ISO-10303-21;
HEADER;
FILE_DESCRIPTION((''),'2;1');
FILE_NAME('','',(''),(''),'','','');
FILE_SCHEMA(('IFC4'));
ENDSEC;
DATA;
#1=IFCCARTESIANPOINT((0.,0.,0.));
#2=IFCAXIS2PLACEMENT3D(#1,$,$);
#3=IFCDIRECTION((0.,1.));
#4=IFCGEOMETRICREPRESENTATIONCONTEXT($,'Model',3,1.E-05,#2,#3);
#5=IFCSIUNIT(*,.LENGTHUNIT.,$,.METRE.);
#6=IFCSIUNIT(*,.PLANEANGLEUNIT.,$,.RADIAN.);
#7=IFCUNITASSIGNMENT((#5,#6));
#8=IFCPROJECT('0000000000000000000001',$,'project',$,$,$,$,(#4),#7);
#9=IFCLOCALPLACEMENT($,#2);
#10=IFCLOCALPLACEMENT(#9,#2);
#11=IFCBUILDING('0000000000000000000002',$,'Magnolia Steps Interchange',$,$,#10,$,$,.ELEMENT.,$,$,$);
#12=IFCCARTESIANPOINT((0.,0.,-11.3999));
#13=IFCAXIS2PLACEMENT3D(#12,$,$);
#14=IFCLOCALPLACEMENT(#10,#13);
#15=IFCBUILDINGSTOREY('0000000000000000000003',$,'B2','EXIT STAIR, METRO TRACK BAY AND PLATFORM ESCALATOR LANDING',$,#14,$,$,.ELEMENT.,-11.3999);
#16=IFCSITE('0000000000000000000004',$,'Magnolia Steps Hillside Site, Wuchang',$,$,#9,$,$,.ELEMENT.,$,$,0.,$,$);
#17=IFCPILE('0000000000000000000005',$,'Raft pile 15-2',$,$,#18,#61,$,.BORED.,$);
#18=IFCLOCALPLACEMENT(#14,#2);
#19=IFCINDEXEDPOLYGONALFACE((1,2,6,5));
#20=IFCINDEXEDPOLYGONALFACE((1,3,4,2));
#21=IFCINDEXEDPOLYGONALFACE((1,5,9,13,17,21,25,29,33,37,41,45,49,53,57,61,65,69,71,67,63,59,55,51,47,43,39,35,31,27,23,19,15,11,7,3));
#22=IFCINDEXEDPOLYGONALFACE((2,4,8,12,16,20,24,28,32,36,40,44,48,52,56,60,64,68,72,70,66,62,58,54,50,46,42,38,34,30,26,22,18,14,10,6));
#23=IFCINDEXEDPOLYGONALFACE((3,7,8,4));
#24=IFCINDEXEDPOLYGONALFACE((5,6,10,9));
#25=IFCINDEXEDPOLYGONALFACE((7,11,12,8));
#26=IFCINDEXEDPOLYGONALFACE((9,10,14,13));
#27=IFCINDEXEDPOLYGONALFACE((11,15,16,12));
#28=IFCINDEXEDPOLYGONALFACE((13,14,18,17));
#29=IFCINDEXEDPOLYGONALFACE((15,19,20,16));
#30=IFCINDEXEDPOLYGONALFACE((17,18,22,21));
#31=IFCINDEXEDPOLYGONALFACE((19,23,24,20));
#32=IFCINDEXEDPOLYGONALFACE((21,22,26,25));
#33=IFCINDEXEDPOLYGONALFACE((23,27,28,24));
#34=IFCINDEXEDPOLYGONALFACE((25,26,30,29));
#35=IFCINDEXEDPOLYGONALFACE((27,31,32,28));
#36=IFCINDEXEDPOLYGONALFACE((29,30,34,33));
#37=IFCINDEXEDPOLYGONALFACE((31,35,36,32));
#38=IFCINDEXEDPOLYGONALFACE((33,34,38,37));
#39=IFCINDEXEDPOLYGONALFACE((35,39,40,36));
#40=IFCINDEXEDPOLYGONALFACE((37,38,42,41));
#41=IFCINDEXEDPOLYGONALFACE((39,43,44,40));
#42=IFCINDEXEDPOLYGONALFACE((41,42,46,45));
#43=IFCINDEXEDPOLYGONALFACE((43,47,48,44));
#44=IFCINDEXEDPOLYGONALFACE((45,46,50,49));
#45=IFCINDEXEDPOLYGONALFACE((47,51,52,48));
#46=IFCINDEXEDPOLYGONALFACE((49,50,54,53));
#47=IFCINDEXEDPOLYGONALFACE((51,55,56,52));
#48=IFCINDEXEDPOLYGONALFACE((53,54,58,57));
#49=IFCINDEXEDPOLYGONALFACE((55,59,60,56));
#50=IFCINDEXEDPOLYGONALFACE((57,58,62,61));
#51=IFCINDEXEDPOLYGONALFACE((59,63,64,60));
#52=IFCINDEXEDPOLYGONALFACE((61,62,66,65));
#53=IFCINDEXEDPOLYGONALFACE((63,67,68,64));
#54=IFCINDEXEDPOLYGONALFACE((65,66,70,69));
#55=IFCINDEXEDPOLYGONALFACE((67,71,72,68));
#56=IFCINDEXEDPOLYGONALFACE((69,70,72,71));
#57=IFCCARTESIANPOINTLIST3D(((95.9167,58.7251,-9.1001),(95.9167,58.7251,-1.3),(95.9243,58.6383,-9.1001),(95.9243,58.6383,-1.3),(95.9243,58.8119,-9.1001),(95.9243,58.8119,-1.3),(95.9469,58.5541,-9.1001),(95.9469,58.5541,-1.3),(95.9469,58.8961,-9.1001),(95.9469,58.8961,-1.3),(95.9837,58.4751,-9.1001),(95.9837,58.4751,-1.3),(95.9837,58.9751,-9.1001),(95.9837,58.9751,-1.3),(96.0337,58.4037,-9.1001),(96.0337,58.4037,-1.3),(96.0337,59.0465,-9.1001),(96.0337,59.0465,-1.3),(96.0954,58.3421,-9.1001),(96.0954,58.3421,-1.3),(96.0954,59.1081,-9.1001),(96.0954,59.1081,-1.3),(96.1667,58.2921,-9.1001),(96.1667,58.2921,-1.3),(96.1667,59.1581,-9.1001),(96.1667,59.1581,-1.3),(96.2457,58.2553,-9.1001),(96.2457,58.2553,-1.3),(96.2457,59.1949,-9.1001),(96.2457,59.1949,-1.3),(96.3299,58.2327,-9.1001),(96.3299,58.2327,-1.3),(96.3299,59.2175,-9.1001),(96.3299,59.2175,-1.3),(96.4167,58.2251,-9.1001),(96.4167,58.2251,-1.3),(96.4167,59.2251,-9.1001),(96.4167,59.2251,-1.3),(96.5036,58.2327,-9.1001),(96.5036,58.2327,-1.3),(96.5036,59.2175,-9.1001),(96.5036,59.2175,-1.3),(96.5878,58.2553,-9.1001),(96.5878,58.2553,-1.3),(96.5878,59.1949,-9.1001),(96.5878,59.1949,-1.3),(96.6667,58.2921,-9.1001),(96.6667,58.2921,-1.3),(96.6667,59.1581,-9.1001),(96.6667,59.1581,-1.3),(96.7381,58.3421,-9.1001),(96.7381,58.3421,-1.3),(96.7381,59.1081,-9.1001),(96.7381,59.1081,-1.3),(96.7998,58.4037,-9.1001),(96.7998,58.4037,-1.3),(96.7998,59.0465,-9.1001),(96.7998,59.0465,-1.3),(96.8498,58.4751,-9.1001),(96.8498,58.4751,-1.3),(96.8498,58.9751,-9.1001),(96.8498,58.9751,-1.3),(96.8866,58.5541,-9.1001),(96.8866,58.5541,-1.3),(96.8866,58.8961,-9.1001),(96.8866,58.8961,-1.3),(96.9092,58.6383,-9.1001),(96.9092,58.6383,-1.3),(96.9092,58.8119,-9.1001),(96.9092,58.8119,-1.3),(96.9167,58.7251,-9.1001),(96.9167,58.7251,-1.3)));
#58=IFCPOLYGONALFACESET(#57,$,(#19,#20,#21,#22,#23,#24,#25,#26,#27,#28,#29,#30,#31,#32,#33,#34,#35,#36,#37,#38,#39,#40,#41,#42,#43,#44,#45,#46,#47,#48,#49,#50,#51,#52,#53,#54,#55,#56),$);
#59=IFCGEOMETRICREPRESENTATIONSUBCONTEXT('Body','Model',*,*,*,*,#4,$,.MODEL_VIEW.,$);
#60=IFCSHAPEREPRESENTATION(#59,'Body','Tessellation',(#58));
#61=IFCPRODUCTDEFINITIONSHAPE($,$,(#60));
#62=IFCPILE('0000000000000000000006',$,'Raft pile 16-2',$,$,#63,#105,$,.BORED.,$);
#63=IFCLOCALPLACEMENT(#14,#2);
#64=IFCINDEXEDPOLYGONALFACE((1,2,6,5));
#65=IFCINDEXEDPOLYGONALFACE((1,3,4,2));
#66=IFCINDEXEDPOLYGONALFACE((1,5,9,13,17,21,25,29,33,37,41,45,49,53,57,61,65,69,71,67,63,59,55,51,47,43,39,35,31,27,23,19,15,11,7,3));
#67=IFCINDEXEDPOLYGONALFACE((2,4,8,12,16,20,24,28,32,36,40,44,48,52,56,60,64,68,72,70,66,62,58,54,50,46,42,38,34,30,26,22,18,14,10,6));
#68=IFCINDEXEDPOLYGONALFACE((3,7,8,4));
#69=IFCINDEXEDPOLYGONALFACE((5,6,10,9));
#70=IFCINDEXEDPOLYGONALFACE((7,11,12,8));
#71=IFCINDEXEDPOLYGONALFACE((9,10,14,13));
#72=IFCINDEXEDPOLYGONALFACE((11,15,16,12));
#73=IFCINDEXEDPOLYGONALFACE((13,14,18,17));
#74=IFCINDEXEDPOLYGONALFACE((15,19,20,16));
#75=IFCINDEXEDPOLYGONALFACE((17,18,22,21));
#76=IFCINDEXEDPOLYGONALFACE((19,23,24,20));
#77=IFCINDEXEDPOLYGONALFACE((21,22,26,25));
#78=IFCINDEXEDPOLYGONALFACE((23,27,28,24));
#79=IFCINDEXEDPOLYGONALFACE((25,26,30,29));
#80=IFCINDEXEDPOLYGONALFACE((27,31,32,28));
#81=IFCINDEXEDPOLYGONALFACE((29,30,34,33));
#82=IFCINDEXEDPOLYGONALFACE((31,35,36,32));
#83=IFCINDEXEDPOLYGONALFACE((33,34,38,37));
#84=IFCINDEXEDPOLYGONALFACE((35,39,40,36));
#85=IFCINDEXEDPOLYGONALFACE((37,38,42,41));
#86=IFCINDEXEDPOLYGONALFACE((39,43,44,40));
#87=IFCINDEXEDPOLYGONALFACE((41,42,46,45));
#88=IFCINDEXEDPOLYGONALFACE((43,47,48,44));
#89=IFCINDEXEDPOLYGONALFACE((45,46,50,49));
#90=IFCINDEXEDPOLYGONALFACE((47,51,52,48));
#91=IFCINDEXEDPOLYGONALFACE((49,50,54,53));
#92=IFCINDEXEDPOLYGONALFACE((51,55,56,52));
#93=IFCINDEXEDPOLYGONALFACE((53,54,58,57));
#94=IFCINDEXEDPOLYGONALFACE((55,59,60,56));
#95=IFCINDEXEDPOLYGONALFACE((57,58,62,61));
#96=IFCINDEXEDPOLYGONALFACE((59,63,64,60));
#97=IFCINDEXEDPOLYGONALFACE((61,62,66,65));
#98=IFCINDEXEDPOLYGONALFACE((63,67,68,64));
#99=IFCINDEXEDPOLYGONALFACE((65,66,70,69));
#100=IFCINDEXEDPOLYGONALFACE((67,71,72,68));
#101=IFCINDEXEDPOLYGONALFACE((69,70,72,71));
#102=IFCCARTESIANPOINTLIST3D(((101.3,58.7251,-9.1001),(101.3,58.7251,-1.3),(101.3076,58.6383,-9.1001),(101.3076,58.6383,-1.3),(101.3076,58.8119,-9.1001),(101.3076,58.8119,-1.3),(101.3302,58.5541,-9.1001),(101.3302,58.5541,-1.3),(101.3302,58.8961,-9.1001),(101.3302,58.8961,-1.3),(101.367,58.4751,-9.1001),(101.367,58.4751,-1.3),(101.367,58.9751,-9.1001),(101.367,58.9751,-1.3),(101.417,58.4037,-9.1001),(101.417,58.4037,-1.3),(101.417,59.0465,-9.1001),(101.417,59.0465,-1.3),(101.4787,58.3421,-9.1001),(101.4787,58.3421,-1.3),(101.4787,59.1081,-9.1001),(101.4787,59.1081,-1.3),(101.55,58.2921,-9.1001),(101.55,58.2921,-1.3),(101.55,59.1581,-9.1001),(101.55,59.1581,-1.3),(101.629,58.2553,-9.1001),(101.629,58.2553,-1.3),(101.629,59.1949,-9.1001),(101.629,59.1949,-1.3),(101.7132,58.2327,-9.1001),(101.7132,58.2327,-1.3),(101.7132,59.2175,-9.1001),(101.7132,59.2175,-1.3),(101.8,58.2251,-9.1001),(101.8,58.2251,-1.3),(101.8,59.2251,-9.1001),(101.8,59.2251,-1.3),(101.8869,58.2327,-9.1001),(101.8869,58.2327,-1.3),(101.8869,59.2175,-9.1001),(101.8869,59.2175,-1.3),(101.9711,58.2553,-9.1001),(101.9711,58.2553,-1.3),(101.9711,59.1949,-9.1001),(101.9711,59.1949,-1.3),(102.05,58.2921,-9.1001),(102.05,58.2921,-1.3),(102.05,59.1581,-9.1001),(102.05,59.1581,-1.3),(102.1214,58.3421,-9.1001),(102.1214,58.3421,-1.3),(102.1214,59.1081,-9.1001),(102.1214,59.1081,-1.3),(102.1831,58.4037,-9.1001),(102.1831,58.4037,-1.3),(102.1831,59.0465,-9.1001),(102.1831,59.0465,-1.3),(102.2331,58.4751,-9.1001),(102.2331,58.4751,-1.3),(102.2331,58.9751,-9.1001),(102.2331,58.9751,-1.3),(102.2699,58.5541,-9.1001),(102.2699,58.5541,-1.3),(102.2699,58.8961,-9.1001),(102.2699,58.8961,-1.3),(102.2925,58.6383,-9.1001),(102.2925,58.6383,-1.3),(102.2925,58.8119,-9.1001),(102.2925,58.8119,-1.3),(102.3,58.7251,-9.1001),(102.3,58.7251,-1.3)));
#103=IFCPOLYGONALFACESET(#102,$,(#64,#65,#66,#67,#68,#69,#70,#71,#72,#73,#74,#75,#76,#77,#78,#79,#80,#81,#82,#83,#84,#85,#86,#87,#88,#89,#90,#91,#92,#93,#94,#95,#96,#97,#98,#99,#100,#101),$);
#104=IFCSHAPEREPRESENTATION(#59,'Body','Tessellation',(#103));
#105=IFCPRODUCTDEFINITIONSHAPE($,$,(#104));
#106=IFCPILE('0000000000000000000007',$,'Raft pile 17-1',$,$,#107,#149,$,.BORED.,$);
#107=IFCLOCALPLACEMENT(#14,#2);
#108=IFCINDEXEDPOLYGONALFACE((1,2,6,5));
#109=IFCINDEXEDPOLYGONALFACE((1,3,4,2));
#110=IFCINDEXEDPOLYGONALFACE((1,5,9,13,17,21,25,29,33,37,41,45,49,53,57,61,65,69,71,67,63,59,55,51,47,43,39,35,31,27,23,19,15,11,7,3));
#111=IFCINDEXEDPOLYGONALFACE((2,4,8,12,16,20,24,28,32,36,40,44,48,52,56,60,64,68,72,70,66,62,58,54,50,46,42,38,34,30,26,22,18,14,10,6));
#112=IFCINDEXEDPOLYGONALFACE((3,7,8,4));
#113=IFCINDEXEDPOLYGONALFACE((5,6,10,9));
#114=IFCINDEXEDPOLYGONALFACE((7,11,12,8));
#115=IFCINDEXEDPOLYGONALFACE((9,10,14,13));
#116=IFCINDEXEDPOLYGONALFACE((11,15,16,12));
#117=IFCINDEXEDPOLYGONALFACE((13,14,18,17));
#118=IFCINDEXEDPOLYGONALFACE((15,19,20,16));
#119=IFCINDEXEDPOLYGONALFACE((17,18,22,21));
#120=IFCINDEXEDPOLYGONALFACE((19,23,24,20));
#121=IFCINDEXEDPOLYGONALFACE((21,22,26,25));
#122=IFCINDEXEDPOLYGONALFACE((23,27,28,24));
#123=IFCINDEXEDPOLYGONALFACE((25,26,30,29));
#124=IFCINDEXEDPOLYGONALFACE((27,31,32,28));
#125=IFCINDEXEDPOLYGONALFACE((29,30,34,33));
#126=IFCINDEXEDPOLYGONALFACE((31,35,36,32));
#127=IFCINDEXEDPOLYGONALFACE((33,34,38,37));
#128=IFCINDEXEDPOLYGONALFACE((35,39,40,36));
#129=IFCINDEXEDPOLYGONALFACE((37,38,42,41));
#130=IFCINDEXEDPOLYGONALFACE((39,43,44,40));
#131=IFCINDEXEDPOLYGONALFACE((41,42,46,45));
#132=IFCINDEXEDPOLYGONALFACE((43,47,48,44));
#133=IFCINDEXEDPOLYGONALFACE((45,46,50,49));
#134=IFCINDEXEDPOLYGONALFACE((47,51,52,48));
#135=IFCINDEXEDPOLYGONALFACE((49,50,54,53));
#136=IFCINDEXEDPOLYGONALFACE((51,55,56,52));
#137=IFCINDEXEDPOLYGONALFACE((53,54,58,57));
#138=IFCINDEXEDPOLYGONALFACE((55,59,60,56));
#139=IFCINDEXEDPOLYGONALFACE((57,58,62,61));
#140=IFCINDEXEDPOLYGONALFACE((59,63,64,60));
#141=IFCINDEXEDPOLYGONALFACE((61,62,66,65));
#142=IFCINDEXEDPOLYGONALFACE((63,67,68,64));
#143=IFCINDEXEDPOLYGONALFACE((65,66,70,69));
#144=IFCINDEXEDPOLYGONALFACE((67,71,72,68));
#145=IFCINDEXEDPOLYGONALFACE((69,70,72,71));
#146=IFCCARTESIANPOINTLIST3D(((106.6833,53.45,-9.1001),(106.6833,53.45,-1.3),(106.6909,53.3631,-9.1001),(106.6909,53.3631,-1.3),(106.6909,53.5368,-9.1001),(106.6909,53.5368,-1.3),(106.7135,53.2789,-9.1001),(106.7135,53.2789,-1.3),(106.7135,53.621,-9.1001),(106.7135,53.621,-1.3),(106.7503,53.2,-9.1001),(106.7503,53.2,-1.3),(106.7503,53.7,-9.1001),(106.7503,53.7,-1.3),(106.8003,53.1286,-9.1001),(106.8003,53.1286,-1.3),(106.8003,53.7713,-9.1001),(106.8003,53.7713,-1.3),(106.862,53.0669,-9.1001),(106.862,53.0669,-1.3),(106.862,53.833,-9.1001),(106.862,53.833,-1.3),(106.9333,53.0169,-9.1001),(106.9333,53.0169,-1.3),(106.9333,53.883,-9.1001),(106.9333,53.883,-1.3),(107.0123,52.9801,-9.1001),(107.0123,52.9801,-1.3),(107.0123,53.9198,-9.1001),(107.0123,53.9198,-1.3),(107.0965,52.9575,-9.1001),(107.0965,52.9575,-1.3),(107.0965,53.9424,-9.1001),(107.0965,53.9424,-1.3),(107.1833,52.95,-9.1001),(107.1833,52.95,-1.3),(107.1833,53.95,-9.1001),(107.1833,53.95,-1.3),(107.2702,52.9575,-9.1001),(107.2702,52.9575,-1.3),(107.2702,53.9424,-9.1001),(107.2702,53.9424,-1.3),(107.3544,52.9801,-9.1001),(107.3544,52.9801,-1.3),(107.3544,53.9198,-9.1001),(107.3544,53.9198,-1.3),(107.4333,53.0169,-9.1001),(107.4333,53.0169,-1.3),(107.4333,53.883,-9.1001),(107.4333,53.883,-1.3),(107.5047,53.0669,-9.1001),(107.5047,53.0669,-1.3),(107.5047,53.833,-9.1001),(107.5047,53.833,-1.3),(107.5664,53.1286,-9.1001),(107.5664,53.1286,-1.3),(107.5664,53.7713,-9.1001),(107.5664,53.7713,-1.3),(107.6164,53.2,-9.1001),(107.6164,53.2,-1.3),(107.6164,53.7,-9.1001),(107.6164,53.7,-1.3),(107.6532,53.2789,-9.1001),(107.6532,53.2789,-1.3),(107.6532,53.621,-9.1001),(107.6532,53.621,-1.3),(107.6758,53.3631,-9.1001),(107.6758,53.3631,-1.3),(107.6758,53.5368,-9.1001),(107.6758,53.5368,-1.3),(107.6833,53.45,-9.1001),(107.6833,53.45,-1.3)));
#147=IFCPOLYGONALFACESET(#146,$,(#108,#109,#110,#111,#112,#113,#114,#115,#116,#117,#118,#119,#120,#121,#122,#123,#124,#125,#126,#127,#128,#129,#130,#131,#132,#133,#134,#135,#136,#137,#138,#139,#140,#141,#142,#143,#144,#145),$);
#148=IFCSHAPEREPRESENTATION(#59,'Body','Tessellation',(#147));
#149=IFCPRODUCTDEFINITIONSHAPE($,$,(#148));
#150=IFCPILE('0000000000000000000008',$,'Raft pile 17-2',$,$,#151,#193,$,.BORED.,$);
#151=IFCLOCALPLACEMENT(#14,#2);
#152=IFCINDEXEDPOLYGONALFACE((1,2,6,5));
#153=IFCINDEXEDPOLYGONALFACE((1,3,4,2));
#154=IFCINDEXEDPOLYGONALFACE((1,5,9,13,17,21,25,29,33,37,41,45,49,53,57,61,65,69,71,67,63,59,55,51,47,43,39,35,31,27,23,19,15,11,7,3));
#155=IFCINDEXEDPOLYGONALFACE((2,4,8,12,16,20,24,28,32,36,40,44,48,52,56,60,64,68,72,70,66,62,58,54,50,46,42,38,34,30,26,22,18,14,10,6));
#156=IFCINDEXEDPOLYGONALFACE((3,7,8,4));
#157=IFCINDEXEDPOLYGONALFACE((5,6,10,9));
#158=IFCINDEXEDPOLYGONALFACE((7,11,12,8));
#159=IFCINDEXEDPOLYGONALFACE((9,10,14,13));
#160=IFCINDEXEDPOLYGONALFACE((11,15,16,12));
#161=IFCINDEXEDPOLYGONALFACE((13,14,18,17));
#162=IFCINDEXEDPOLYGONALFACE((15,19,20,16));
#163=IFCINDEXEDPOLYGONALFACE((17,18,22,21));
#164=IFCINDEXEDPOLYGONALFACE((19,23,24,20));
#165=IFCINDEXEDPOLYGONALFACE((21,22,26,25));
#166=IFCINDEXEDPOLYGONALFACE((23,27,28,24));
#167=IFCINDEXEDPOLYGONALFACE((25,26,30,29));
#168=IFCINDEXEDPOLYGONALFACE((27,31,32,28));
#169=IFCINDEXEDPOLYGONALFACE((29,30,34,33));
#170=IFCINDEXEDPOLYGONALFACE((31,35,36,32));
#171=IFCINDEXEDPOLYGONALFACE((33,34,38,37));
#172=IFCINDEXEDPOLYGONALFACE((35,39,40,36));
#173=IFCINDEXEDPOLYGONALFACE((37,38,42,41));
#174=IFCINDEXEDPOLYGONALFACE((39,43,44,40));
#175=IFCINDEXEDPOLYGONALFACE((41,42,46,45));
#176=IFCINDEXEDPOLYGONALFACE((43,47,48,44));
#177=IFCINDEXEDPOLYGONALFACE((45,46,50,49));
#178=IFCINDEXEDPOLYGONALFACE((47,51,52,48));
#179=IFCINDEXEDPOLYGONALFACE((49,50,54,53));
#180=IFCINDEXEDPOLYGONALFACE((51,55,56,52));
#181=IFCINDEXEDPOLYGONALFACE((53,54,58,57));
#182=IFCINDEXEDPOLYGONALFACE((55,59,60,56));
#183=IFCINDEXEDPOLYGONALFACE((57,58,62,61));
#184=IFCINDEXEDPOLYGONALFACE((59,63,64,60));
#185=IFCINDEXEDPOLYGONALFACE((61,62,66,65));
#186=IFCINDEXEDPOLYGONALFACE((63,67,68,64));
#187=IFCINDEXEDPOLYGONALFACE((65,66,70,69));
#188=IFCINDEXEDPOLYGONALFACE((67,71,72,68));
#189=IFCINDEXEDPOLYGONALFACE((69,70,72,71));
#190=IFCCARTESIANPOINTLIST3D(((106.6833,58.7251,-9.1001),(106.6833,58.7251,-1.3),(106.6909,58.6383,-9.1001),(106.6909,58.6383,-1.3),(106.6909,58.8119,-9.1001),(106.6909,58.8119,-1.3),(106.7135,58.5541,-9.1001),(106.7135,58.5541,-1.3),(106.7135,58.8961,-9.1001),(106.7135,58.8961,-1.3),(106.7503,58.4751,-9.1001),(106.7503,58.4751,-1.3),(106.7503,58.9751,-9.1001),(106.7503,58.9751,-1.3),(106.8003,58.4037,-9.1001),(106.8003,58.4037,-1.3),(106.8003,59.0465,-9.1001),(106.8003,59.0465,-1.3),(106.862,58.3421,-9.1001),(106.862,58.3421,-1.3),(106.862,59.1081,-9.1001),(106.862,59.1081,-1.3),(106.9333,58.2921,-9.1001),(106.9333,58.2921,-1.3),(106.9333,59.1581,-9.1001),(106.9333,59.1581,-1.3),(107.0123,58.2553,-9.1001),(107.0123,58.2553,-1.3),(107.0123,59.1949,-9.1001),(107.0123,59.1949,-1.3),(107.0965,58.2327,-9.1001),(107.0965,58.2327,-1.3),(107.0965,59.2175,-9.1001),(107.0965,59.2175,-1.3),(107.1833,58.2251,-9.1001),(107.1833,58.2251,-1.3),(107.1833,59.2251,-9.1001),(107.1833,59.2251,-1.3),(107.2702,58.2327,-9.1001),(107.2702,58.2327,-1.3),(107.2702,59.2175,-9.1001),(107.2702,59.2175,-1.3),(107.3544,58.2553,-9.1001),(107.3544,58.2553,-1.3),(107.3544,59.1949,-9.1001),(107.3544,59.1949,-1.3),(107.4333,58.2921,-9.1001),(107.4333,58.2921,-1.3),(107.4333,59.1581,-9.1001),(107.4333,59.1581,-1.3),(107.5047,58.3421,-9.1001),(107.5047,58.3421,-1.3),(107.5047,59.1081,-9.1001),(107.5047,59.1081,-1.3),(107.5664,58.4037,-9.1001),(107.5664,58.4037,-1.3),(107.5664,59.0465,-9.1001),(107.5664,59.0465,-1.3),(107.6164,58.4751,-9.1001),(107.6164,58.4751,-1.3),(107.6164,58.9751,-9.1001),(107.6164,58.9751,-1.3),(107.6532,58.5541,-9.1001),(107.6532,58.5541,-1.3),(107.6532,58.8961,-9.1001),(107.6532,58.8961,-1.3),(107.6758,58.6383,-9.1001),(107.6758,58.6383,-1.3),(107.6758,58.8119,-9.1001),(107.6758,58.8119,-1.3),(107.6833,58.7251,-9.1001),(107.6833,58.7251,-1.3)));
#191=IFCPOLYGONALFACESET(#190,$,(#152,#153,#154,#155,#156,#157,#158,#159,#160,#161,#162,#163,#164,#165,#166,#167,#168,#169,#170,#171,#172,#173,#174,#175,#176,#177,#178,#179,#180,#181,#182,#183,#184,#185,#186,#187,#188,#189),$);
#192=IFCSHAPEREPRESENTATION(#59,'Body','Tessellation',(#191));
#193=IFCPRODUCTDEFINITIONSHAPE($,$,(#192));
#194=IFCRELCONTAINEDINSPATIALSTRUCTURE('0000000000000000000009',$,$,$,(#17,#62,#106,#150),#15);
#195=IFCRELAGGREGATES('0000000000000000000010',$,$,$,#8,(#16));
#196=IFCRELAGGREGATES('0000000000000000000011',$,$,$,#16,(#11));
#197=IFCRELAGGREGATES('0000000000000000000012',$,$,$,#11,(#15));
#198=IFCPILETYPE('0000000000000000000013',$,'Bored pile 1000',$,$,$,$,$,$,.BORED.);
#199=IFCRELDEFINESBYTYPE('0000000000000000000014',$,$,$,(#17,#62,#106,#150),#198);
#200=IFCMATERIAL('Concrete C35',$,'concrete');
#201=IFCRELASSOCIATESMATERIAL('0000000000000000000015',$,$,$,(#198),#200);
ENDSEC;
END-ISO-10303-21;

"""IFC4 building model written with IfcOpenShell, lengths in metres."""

from ifc_helpers import new_model, si_unit, direction, frame, origin, origin_2d, place, context, subcontext, project, spatial, circle, extrude, material, material_profile, profile_set, type_object, element, save


model = new_model("IFC4")

# Units and contexts
model_context = context("Model", 3, precision=1e-05, world=origin(), true_north=direction((0.0, 1.0)))
body_context = subcontext(model_context, "Body", "Model", "MODEL_VIEW")
ifc_project = project(units=[si_unit("LENGTHUNIT", "METRE"), si_unit("PLANEANGLEUNIT", "RADIAN")], contexts=[model_context])

# Site, building, storey
site_placement = place(None, origin())
site = spatial("IfcSite", under=ifc_project, at=site_placement, Name="Magnolia Steps Hillside Site, Wuchang", CompositionType="ELEMENT", RefElevation=0.0)
building_placement = place(site_placement, origin())
building = spatial("IfcBuilding", under=site, at=building_placement, Name="Magnolia Steps Interchange", CompositionType="ELEMENT")
storey_placement = place(building_placement, frame((0.0, 0.0, -11.3999)))
storey = spatial("IfcBuildingStorey", under=building, at=storey_placement, Name="B2", Description="EXIT STAIR, METRO TRACK BAY AND PLATFORM ESCALATOR LANDING", CompositionType="ELEMENT", Elevation=-11.3999)

# Piles
ifc_material_1 = material(Name="Concrete C35", Category="concrete")
ifc_material_profile = material_profile(ifc_material_1, circle(Radius=0.5, at=origin_2d()), Name="Bored pile 1000")
ifc_profile_set = profile_set([ifc_material_profile], Name="Concrete C35")
pile_type = type_object("IfcPileType", Name="Bored pile 1000", PredefinedType="BORED", material=ifc_profile_set)
for number, where, z_axis, x_axis, name in (
    (1, (96.4167, 58.7251, -1.3), (0.0, 0.0, -1.0), (1.0, 0.0, 0.0), "Raft pile 15-2"),
    (2, (101.8, 58.7251, -1.3), (0.0, 0.0, -1.0), (1.0, 0.0, 0.0), "Raft pile 16-2"),
    (3, (107.1833, 53.45, -1.3), (0.0, 0.0, -1.0), (1.0, 0.0, 0.0), "Raft pile 17-1"),
    (4, (107.1833, 58.7251, -1.3), (0.0, 0.0, -1.0), (1.0, 0.0, 0.0), "Raft pile 17-2"),
):
    element("IfcPile", number, at=place(storey_placement, frame(where, z_axis=z_axis, x_axis=x_axis)), inside=storey, type_object=pile_type, Name=name, PredefinedType="BORED", context=body_context, shape_type="SweptSolid", body=[
        extrude(circle(Radius=0.5, at=origin_2d()), origin(), (0.0, 0.0, 1.0), 7.8),
    ])

save(model, "model.ifc")
